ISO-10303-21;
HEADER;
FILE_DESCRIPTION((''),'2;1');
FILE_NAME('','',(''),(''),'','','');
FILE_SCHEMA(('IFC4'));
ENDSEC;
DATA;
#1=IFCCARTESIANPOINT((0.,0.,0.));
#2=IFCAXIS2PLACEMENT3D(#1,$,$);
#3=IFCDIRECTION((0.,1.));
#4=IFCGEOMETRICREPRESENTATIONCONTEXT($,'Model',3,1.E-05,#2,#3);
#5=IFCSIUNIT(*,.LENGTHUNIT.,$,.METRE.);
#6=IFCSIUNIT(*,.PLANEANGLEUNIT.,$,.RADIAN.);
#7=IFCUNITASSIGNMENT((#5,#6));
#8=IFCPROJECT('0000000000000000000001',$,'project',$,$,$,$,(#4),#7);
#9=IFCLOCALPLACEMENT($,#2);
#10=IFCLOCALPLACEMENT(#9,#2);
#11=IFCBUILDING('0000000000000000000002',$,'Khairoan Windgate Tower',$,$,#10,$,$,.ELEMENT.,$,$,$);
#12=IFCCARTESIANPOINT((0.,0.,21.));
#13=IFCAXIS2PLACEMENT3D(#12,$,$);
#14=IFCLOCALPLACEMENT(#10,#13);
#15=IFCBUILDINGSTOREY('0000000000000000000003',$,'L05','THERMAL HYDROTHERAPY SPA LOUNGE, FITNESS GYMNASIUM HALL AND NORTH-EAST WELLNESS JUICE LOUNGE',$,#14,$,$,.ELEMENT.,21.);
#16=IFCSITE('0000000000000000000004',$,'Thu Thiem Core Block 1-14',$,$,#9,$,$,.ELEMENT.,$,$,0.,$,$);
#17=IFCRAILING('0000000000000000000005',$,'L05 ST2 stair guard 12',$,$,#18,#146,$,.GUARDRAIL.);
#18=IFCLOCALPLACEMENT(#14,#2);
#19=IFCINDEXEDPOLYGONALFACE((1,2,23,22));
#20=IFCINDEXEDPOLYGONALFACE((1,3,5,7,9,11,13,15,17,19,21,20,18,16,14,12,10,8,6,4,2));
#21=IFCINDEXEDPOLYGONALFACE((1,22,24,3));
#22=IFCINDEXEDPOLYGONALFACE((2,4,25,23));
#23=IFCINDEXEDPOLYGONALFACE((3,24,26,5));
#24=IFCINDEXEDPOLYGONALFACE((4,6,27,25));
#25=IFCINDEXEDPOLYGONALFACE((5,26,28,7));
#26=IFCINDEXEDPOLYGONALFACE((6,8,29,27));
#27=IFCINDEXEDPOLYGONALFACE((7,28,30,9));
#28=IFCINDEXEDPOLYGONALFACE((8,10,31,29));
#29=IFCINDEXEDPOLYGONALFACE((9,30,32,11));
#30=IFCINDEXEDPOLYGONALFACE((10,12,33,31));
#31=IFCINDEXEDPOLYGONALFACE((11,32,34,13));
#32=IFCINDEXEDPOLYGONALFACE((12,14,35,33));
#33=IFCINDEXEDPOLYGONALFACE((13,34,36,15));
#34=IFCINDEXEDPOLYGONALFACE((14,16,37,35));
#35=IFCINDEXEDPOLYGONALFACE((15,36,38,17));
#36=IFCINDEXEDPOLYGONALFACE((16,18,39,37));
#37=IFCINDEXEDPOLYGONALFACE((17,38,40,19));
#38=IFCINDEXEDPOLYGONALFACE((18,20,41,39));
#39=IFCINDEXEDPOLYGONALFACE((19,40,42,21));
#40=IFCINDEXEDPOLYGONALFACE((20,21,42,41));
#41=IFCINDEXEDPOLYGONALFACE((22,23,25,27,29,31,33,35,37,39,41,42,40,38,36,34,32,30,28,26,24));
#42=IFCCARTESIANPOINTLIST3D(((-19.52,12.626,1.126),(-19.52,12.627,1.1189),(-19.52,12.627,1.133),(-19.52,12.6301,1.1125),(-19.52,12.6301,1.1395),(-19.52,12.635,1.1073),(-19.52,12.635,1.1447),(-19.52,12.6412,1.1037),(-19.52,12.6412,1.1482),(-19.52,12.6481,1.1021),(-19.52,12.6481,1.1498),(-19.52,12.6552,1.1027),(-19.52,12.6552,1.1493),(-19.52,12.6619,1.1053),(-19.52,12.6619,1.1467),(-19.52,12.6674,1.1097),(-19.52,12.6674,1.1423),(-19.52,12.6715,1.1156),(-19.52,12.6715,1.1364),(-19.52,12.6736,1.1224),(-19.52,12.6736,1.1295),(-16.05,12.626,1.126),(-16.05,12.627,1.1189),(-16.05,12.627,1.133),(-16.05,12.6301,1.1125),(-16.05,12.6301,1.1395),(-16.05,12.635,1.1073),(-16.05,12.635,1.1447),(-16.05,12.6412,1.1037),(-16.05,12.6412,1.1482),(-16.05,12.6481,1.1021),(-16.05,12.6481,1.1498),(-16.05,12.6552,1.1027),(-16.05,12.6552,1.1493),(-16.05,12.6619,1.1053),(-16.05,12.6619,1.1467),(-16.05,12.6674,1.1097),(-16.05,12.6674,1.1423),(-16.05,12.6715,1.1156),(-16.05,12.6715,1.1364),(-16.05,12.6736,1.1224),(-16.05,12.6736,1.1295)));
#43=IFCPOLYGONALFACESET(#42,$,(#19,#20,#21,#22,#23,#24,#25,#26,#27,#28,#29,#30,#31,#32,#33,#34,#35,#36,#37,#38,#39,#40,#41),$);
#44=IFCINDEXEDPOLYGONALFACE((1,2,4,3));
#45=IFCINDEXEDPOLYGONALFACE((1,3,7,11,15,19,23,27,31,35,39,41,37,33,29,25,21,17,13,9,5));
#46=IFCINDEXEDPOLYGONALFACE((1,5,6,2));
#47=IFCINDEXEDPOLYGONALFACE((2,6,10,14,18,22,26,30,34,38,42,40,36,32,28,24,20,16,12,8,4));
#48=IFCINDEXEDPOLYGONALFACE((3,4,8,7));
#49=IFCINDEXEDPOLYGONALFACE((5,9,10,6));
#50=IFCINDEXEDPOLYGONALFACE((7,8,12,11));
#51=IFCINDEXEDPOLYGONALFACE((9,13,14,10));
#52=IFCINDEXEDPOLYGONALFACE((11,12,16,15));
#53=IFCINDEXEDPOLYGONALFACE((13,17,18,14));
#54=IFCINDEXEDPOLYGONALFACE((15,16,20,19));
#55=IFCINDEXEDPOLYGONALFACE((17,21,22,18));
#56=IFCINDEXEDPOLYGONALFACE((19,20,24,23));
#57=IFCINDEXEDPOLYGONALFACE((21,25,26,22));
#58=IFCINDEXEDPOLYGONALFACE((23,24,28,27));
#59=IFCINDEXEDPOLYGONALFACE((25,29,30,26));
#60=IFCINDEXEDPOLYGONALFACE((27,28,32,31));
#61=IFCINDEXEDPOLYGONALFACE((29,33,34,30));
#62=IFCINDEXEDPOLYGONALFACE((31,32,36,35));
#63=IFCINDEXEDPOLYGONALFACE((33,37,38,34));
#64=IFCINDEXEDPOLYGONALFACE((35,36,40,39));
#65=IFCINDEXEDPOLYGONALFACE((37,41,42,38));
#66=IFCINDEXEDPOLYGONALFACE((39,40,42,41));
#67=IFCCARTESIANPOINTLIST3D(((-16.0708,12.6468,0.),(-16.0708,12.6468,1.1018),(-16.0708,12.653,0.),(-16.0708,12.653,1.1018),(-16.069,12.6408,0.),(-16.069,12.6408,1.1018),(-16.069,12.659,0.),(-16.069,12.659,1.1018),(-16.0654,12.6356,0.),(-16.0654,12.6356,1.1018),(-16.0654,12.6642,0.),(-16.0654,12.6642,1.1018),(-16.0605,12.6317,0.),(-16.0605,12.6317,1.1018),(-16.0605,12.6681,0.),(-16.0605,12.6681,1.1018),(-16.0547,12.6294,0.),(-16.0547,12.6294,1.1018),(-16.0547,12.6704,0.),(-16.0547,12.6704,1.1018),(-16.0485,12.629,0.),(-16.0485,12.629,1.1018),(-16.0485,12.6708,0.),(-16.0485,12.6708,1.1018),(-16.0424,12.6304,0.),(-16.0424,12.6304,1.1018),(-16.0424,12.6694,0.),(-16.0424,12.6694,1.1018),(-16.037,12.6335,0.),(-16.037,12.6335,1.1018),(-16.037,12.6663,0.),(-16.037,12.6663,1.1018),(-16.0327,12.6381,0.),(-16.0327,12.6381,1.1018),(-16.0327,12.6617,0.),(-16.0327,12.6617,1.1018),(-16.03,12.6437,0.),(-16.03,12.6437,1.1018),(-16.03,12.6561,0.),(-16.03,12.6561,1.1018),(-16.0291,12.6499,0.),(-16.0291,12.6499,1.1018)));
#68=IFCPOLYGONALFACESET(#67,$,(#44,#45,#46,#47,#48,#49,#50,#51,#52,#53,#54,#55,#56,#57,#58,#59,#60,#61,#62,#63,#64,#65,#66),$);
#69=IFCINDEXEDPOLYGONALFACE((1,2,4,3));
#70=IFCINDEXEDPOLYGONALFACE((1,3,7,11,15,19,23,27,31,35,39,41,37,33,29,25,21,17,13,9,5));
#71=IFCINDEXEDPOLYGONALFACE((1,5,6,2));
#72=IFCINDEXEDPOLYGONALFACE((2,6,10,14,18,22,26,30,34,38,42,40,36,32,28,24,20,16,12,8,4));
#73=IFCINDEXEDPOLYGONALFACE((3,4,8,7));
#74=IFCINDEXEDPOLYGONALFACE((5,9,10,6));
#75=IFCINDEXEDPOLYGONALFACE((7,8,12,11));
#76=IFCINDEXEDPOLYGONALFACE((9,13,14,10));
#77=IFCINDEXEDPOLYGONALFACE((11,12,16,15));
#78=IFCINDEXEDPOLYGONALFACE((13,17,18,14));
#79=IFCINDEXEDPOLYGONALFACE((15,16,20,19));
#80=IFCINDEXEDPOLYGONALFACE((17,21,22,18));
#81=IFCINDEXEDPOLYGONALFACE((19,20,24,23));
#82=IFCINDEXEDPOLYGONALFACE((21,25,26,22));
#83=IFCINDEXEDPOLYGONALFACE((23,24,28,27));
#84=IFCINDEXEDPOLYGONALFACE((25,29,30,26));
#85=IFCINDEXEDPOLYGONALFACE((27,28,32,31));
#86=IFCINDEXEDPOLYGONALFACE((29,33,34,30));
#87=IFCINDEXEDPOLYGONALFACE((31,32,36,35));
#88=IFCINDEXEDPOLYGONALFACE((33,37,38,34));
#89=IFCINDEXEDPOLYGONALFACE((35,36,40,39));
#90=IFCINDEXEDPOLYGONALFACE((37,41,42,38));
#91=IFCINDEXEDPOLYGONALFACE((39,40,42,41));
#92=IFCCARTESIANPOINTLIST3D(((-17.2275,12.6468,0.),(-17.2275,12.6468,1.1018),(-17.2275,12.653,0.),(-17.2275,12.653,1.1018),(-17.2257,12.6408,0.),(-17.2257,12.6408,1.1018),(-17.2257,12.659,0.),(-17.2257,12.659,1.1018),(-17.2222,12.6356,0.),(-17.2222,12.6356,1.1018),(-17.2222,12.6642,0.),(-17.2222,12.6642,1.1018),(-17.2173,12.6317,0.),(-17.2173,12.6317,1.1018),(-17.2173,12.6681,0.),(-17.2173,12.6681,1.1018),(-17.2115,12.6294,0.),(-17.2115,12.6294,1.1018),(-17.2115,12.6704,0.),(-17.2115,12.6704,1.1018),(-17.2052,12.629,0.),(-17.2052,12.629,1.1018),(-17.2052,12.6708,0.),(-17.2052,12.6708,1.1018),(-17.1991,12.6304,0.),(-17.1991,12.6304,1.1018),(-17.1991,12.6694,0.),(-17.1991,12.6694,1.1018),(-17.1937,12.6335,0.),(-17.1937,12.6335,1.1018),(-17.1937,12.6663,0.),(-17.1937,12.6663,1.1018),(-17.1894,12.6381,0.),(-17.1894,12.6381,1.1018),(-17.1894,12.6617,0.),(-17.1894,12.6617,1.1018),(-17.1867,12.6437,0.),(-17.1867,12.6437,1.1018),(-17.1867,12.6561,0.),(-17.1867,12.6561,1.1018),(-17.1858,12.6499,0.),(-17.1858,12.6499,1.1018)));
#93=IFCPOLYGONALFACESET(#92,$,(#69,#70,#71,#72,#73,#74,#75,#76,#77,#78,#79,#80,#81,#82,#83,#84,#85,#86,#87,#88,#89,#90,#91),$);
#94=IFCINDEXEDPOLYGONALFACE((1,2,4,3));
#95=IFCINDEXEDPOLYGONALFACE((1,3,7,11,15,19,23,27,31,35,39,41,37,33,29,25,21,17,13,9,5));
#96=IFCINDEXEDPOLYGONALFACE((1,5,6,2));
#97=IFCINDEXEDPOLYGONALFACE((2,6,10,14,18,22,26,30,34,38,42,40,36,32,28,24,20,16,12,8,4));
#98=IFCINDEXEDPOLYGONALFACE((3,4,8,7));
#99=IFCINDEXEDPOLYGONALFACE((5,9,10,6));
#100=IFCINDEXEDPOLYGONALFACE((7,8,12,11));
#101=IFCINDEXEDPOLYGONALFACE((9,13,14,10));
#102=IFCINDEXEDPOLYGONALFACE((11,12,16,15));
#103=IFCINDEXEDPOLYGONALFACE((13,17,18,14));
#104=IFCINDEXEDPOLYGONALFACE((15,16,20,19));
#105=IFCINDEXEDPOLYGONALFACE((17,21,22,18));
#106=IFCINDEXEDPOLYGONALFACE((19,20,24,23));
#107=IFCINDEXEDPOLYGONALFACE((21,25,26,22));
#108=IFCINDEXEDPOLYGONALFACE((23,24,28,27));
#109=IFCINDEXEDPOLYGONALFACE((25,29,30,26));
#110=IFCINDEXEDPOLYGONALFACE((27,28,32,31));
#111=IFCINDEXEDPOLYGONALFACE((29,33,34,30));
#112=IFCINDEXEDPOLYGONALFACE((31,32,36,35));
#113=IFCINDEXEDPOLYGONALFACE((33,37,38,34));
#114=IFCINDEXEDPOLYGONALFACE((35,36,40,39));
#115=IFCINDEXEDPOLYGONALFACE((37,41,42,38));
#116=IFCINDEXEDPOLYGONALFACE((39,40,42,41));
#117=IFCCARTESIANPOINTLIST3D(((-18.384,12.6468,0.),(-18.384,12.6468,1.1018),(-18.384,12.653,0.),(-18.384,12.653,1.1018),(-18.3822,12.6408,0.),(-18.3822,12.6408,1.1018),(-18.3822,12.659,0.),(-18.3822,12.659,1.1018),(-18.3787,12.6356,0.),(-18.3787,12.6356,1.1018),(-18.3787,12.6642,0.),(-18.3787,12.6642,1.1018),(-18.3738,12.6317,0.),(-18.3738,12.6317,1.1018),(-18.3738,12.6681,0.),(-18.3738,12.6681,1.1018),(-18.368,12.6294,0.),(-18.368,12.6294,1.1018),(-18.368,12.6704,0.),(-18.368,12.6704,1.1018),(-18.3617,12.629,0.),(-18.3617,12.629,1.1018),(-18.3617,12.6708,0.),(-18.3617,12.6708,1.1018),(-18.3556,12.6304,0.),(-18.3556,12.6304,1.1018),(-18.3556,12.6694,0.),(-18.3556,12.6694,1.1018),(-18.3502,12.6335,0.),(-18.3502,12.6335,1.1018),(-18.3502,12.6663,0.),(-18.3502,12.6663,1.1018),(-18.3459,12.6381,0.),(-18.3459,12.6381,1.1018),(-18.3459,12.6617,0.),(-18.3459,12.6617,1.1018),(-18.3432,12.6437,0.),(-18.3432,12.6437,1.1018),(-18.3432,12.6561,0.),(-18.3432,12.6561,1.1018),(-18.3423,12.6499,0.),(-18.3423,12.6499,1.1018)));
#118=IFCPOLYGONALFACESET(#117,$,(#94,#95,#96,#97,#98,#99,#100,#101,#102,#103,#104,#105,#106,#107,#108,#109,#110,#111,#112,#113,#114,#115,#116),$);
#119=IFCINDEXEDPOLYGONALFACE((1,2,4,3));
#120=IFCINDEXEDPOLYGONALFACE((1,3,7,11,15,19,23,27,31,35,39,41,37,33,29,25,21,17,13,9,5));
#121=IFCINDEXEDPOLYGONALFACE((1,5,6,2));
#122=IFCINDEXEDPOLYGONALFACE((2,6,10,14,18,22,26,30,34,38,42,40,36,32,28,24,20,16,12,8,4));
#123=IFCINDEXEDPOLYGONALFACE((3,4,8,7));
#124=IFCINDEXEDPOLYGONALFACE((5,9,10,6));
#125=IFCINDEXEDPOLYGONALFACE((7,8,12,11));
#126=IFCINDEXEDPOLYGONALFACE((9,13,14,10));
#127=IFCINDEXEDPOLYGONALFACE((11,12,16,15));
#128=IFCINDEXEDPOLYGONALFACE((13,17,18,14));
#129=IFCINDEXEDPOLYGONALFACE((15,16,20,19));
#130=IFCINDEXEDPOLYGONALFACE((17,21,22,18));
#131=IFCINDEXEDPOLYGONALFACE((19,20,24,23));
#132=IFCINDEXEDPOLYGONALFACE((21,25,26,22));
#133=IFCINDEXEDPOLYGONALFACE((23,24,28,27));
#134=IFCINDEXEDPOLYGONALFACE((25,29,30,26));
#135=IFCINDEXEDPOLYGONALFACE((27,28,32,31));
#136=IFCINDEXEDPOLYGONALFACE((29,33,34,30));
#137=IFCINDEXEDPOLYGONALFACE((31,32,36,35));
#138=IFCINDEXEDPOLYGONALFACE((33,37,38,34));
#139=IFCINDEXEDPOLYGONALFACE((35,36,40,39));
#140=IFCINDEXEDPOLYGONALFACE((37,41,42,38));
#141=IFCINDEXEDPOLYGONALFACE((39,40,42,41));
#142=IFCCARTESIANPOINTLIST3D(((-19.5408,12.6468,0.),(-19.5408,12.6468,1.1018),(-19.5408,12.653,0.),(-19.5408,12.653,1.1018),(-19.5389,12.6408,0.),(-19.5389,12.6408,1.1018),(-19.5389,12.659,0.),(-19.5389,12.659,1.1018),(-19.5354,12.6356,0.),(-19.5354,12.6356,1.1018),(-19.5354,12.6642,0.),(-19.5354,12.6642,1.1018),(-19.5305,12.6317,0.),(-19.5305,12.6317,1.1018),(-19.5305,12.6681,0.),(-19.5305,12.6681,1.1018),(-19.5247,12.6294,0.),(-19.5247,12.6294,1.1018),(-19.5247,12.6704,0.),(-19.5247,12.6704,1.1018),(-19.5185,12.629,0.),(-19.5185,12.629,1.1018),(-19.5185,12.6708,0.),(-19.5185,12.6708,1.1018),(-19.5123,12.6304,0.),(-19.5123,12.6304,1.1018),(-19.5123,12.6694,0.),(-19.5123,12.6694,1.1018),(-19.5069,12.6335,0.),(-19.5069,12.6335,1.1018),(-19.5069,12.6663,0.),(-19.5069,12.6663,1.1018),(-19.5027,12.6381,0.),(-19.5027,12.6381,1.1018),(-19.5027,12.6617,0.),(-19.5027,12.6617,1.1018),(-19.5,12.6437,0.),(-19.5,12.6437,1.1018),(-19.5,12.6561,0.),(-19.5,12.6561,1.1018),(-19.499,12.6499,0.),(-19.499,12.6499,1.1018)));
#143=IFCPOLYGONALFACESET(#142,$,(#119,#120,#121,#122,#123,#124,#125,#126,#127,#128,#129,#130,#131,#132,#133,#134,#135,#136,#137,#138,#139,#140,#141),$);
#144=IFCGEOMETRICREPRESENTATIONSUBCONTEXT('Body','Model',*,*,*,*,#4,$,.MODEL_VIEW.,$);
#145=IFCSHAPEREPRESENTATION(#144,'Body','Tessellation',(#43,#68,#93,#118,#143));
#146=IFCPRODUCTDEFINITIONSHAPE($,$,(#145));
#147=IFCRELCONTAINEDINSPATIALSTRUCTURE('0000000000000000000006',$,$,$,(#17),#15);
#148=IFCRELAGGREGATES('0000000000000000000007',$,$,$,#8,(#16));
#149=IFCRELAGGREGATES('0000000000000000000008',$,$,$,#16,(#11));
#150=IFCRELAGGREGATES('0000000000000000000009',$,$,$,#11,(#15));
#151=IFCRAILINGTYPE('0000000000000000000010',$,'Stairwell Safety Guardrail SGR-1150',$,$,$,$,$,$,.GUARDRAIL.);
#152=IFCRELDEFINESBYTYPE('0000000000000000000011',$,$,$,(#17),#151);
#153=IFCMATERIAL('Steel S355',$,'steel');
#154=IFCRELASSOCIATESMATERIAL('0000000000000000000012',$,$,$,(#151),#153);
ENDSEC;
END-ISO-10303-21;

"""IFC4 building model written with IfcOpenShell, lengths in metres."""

from ifc_helpers import new_model, si_unit, direction, frame, origin, origin_2d, place, context, subcontext, project, spatial, circle, extrude, material, type_object, element, save


model = new_model("IFC4")

# Units and contexts
model_context = context("Model", 3, precision=1e-05, world=origin(), true_north=direction((0.0, 1.0)))
body_context = subcontext(model_context, "Body", "Model", "MODEL_VIEW")
ifc_project = project(units=[si_unit("LENGTHUNIT", "METRE"), si_unit("PLANEANGLEUNIT", "RADIAN")], contexts=[model_context])

# Site, building, storey
site_placement = place(None, origin())
site = spatial("IfcSite", under=ifc_project, at=site_placement, Name="Thu Thiem Core Block 1-14", CompositionType="ELEMENT", RefElevation=0.0)
building_placement = place(site_placement, origin())
building = spatial("IfcBuilding", under=site, at=building_placement, Name="Khairoan Windgate Tower", CompositionType="ELEMENT")
storey_placement = place(building_placement, frame((0.0, 0.0, 21.0)))
storey = spatial("IfcBuildingStorey", under=building, at=storey_placement, Name="L05", Description="THERMAL HYDROTHERAPY SPA LOUNGE, FITNESS GYMNASIUM HALL AND NORTH-EAST WELLNESS JUICE LOUNGE", CompositionType="ELEMENT", Elevation=21.0)

# Railing
ifc_material_1 = material(Name="Steel S355", Category="steel")
railing_type = type_object("IfcRailingType", Name="Stairwell Safety Guardrail SGR-1150", PredefinedType="GUARDRAIL", material=ifc_material_1)
railing_1_placement = place(storey_placement, frame((-16.05, 12.6499, 0.0)))
element("IfcRailing", 1, at=railing_1_placement, inside=storey, type_object=railing_type, Name="L05 ST2 stair guard 12", PredefinedType="GUARDRAIL", context=body_context, shape_type="SweptSolid", body=[
    extrude(circle(Radius=0.0239, at=origin_2d()), frame((0.0, 0.0, 1.126), z_axis=(-1.0, 0.0, 0.0), x_axis=(0.0, -1.0, 0.0)), (0.0, 0.0, 1.0), 3.47),
    extrude(circle(Radius=0.021, at=origin_2d()), origin(), (0.0, 0.0, 1.0), 1.1018),
    extrude(circle(Radius=0.021, at=origin_2d()), frame((-1.1567, 0.0, 0.0)), (0.0, 0.0, 1.0), 1.1018),
    extrude(circle(Radius=0.021, at=origin_2d()), frame((-2.3132, 0.0, 0.0)), (0.0, 0.0, 1.0), 1.1018),
    extrude(circle(Radius=0.021, at=origin_2d()), frame((-3.47, 0.0, 0.0)), (0.0, 0.0, 1.0), 1.1018),
])

save(model, "model.ifc")
